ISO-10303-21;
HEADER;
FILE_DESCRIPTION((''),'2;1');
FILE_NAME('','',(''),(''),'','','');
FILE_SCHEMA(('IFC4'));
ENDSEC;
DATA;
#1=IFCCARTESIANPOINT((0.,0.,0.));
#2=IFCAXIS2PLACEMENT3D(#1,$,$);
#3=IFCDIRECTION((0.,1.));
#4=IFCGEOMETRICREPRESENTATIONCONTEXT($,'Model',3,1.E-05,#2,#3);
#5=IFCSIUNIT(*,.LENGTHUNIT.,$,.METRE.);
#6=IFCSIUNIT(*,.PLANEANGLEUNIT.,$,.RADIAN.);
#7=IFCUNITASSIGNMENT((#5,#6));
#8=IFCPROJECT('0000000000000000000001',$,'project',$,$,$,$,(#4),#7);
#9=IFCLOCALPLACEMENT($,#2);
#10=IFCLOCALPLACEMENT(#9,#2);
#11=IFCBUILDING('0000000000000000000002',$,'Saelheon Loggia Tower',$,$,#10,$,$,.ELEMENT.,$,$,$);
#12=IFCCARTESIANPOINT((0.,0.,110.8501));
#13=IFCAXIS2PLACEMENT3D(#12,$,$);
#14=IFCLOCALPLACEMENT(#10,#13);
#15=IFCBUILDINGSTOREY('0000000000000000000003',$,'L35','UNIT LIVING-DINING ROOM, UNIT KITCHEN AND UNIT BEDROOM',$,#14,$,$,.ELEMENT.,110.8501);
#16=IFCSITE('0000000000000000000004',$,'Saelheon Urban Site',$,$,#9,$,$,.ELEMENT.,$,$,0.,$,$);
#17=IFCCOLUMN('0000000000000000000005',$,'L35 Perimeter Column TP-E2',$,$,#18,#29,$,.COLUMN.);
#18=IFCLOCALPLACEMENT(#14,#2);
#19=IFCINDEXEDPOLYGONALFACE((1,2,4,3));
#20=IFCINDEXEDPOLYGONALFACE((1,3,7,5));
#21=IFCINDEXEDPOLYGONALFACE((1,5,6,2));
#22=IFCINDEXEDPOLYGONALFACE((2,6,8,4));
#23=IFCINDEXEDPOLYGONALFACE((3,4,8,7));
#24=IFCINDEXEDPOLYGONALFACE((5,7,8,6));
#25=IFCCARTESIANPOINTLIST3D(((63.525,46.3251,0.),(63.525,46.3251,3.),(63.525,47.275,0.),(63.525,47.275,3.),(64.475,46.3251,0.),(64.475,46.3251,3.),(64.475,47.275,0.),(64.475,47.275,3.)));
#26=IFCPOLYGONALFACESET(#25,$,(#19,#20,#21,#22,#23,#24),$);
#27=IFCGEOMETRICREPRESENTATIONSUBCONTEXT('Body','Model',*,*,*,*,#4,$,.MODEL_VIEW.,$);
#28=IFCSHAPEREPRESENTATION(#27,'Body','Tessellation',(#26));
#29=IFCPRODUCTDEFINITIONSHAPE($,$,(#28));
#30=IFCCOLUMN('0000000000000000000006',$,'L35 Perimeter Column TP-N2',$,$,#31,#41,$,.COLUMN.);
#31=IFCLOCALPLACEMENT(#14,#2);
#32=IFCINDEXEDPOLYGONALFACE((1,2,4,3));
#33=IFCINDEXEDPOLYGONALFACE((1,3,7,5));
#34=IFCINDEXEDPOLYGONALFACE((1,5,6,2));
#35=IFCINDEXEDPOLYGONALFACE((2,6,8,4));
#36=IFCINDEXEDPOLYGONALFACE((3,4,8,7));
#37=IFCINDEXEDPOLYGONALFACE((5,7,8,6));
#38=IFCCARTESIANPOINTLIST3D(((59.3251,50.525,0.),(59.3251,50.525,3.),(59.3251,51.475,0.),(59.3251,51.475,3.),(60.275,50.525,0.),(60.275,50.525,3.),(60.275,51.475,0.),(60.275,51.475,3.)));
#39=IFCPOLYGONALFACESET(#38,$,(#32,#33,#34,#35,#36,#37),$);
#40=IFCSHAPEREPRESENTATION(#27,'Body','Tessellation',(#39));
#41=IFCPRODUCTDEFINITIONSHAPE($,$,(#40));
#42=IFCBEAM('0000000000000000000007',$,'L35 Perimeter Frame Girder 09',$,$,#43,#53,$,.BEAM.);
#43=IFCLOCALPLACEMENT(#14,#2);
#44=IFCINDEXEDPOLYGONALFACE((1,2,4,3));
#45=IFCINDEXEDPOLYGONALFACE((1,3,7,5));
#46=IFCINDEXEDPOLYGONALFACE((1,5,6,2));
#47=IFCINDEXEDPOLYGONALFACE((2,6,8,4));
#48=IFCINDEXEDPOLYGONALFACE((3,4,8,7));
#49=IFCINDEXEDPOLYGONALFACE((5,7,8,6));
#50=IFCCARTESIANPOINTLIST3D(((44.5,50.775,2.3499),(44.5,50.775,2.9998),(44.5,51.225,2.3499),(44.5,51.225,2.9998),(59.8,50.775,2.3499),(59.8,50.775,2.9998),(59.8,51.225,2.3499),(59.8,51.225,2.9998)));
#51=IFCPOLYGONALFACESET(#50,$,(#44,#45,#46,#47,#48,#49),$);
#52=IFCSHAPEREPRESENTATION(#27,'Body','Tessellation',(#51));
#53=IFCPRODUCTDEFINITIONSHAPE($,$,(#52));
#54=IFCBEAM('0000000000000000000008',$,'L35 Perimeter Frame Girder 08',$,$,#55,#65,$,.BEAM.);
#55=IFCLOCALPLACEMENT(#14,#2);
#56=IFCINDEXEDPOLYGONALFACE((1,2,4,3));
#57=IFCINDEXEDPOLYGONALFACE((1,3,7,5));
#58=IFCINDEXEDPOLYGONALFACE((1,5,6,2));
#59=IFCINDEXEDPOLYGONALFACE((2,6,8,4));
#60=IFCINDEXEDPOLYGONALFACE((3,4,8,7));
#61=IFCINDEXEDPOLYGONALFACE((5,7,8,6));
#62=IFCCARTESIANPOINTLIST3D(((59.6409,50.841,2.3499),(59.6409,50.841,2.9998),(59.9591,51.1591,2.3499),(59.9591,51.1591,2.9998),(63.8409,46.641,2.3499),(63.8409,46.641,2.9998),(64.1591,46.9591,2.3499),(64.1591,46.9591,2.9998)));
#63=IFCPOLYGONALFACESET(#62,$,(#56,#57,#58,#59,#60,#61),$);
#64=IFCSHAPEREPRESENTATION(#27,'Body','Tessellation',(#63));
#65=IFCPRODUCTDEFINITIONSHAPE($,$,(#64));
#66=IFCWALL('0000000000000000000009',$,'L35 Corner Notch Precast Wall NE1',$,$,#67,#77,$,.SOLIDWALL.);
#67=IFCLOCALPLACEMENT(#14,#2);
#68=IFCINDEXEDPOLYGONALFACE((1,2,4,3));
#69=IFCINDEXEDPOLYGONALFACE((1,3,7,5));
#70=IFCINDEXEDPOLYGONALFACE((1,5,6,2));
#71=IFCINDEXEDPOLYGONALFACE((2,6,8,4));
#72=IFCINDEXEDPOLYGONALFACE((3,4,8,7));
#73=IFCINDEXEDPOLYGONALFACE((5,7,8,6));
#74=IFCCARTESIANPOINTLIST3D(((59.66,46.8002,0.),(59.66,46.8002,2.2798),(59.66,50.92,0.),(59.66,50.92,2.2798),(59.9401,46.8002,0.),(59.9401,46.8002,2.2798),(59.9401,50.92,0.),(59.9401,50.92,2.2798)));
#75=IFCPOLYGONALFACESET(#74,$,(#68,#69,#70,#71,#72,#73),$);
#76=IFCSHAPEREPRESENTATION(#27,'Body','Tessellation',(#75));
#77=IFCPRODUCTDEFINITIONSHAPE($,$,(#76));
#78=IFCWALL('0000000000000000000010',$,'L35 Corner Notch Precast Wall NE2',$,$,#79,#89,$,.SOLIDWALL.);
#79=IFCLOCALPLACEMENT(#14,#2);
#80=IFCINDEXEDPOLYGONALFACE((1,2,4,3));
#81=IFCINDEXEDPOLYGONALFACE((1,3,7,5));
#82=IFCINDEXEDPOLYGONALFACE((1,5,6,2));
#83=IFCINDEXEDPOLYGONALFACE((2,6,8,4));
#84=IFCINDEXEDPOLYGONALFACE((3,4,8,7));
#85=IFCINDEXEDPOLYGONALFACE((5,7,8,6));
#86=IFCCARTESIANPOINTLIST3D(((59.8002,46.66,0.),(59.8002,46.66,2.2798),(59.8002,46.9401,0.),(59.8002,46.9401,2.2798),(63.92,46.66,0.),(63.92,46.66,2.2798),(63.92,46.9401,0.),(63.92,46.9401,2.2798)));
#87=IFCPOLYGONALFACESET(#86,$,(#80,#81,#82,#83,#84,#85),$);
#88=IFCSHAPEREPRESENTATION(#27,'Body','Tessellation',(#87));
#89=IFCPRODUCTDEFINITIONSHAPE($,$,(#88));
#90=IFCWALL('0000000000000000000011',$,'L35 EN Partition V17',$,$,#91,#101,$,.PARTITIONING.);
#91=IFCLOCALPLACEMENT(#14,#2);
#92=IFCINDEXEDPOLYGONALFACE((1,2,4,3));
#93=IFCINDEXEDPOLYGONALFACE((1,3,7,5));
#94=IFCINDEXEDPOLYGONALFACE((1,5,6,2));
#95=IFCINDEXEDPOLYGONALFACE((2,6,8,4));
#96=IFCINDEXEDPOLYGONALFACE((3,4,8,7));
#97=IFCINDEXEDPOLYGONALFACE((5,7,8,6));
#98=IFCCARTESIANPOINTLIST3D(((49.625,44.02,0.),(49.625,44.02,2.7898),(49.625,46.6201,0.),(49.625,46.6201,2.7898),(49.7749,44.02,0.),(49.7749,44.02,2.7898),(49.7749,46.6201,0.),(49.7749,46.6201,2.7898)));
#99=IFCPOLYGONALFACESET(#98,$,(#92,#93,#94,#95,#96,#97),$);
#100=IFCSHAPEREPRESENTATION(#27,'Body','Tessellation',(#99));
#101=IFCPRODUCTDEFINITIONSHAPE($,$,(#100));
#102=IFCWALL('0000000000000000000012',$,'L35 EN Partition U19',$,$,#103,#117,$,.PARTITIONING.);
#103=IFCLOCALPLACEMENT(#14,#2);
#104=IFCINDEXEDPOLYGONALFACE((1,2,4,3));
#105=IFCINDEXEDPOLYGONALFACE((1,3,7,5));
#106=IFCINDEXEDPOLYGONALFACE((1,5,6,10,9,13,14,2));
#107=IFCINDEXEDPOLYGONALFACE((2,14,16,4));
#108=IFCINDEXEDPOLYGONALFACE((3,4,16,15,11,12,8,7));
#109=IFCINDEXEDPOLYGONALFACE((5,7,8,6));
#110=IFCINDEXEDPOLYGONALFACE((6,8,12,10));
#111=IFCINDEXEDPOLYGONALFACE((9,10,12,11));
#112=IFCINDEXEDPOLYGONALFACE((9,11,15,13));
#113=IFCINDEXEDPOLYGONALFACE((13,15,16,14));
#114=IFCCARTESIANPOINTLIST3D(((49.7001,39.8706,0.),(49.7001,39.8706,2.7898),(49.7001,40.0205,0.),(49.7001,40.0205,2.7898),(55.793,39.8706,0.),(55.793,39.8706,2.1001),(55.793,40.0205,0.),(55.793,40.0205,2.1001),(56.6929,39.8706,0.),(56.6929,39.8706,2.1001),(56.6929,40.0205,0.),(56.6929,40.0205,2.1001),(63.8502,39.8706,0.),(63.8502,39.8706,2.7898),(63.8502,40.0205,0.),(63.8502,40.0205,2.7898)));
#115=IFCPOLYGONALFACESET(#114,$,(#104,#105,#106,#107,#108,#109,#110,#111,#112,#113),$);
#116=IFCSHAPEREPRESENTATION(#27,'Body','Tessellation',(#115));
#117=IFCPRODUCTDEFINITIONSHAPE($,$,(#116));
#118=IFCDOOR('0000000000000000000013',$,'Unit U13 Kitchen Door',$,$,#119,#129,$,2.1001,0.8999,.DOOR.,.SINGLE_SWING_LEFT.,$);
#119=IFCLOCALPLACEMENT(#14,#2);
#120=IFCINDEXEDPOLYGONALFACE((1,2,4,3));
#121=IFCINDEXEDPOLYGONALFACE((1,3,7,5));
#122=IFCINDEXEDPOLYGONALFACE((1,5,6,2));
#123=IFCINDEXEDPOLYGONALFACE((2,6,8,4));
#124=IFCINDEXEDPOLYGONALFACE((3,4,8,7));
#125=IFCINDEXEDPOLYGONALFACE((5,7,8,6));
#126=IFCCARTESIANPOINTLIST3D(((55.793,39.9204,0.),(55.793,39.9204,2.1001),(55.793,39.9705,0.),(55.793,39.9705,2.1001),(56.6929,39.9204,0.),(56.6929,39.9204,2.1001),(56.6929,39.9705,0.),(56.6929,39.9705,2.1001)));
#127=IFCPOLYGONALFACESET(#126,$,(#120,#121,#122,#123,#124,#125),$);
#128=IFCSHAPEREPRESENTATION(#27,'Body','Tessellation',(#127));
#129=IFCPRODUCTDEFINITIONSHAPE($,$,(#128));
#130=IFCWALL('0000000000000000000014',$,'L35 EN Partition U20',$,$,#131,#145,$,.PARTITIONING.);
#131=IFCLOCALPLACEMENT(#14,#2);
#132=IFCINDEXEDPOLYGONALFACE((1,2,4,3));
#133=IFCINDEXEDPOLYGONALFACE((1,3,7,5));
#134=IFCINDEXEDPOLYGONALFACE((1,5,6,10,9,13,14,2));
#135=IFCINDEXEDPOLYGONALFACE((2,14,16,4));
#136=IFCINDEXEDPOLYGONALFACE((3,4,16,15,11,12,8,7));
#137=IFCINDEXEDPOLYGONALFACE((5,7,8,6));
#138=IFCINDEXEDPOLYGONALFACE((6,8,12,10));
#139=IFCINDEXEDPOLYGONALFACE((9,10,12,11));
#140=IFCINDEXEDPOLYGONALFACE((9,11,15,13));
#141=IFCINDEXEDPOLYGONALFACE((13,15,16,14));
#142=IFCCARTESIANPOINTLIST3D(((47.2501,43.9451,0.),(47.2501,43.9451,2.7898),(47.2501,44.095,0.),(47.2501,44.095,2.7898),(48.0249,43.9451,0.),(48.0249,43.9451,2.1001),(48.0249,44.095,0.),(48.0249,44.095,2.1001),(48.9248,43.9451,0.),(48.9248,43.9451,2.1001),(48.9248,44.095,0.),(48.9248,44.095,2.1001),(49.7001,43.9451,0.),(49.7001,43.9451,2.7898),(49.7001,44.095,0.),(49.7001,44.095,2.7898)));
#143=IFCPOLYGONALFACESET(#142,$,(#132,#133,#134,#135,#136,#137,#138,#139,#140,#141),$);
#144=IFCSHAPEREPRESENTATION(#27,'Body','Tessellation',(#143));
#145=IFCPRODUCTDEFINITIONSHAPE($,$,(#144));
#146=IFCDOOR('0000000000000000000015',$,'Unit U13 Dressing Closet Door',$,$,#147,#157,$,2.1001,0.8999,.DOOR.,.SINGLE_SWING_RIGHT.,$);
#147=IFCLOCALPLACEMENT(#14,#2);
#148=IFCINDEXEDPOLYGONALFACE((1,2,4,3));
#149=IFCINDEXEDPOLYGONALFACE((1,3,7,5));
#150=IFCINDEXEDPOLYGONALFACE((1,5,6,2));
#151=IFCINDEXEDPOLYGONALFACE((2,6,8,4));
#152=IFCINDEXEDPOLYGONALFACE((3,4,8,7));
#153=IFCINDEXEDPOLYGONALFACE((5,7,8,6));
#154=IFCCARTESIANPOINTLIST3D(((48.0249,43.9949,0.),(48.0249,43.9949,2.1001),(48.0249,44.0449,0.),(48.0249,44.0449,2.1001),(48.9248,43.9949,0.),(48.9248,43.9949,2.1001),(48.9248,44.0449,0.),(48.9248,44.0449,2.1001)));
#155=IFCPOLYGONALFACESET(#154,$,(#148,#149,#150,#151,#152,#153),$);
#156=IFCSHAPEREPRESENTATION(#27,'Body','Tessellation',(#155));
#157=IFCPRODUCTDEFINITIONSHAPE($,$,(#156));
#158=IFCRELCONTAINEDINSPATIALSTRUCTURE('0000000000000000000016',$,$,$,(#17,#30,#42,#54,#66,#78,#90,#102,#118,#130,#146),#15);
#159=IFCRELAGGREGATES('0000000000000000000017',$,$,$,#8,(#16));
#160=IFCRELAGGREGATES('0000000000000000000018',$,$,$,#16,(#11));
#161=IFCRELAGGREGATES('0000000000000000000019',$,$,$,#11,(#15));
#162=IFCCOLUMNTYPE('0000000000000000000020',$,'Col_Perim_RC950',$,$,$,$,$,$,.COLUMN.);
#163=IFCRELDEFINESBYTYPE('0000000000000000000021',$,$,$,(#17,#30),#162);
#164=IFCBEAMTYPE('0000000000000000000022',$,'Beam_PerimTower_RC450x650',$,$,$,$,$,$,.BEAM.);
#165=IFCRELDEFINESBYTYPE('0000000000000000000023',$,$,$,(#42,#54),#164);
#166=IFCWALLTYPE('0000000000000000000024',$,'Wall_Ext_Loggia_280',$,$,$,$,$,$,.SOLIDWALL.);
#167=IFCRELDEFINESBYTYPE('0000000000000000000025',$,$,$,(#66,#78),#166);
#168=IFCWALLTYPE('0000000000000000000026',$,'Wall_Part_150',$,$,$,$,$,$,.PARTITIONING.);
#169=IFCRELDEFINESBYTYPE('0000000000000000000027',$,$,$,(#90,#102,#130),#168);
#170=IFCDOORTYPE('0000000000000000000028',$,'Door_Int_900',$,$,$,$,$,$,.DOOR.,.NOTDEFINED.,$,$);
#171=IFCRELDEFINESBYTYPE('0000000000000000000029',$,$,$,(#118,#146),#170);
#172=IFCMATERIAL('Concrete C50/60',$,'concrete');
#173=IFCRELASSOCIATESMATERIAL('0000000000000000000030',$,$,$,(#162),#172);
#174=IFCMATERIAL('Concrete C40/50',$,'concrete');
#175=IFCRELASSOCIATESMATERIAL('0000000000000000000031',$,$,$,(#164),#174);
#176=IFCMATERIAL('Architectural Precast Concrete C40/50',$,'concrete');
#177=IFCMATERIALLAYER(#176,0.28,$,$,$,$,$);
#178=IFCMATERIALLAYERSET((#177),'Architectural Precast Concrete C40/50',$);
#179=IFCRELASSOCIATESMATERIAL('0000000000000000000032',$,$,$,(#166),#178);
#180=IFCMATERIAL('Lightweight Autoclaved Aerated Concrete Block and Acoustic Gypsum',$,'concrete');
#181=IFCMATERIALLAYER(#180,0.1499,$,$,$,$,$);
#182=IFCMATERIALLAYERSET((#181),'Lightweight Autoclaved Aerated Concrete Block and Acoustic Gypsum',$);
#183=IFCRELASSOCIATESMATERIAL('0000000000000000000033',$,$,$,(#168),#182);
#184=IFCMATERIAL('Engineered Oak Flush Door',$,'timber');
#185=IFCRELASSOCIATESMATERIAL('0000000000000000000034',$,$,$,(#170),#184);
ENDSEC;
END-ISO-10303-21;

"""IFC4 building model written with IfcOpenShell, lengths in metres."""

from ifc_helpers import new_model, si_unit, direction, frame, frame_2d, origin, origin_2d, place, context, subcontext, project, spatial, rectangle, extrude, source, transform, mapped, material, layer, layer_set, material_profile, profile_set, type_object, element, fill, save


model = new_model("IFC4")

# Units and contexts
model_context = context("Model", 3, precision=1e-05, world=origin(), true_north=direction((0.0, 1.0)))
body_context = subcontext(model_context, "Body", "Model", "MODEL_VIEW")
ifc_project = project(units=[si_unit("LENGTHUNIT", "METRE"), si_unit("PLANEANGLEUNIT", "RADIAN")], contexts=[model_context])

# Site, building, storey
site_placement = place(None, origin())
site = spatial("IfcSite", under=ifc_project, at=site_placement, Name="Saelheon Urban Site", CompositionType="ELEMENT", RefElevation=0.0)
building_placement = place(site_placement, origin())
building = spatial("IfcBuilding", under=site, at=building_placement, Name="Saelheon Loggia Tower", CompositionType="ELEMENT")
storey_placement = place(building_placement, frame((0.0, 0.0, 110.8501)))
storey = spatial("IfcBuildingStorey", under=building, at=storey_placement, Name="L35", Description="UNIT LIVING-DINING ROOM, UNIT KITCHEN AND UNIT BEDROOM", CompositionType="ELEMENT", Elevation=110.8501)

# Columns
ifc_material_1 = material(Name="Concrete C50/60", Category="concrete")
ifc_material_profile_1 = material_profile(ifc_material_1, rectangle(XDim=0.95, YDim=0.95, at=origin_2d()), Name="RC-950x950")
ifc_profile_set_1 = profile_set([ifc_material_profile_1], Name="Concrete C50/60")
column_type = type_object("IfcColumnType", Name="Col_Perim_RC950", PredefinedType="COLUMN", material=ifc_profile_set_1)
shared_shape_1 = source(origin(), body_context, "Body", "SweptSolid", [
    extrude(rectangle(XDim=0.95, YDim=0.95, at=origin_2d()), origin(), (0.0, 0.0, 1.0), 3.0),
])
for number, where, z_axis, x_axis, name in (
    (1, (64.0, 46.8, 0.0), (0.0, 0.0, 1.0), (1.0, 0.0, 0.0), "L35 Perimeter Column TP-E2"),
    (2, (59.8, 51.0, 0.0), (0.0, 0.0, 1.0), (1.0, 0.0, 0.0), "L35 Perimeter Column TP-N2"),
):
    element("IfcColumn", number, at=place(storey_placement, frame(where, z_axis=z_axis, x_axis=x_axis)), inside=storey, type_object=column_type, Name=name, PredefinedType="COLUMN", context=body_context, shape_type="MappedRepresentation", body=[
        mapped(shared_shape_1, transform((0.0, 0.0, 0.0), scale=1.0)),
    ])

# Beams
ifc_material_2 = material(Name="Concrete C40/50", Category="concrete")
ifc_material_profile_2 = material_profile(ifc_material_2, rectangle(XDim=0.45, YDim=0.6499, at=origin_2d()), Name="RC-450x650")
ifc_profile_set_2 = profile_set([ifc_material_profile_2], Name="Concrete C40/50")
beam_type = type_object("IfcBeamType", Name="Beam_PerimTower_RC450x650", PredefinedType="BEAM", material=ifc_profile_set_2)
shared_shape_2 = source(origin(), body_context, "Body", "SweptSolid", [
    extrude(rectangle(XDim=0.45, YDim=0.6499, at=origin_2d()), origin(), (0.0, 0.0, 1.0), 15.3),
])
beam_1_placement = place(storey_placement, frame((59.8, 51.0, 2.6748), z_axis=(-1.0, 0.0, 0.0), x_axis=(0.0, -1.0, 0.0)))
element("IfcBeam", 3, at=beam_1_placement, inside=storey, type_object=beam_type, Name="L35 Perimeter Frame Girder 09", PredefinedType="BEAM", context=body_context, shape_type="MappedRepresentation", body=[
    mapped(shared_shape_2, transform((0.0, 0.0, 0.0), scale=1.0)),
])
shared_shape_3 = source(origin(), body_context, "Body", "SweptSolid", [
    extrude(rectangle(XDim=0.45, YDim=0.6499, at=origin_2d()), origin(), (0.0, 0.0, 1.0), 5.9397),
])
beam_2_placement = place(storey_placement, frame((64.0, 46.8, 2.6748), z_axis=(-0.707107, 0.707107, 0.0), x_axis=(-0.707107, -0.707107, 0.0)))
element("IfcBeam", 4, at=beam_2_placement, inside=storey, type_object=beam_type, Name="L35 Perimeter Frame Girder 08", PredefinedType="BEAM", context=body_context, shape_type="MappedRepresentation", body=[
    mapped(shared_shape_3, transform((0.0, 0.0, 0.0), scale=1.0)),
])

# Walls
ifc_material_3 = material(Name="Architectural Precast Concrete C40/50", Category="concrete")
ifc_layer_1 = layer(ifc_material_3, 0.28)
ifc_layer_set_1 = layer_set([ifc_layer_1], Name="Architectural Precast Concrete C40/50")
wall_type_1 = type_object("IfcWallType", Name="Wall_Ext_Loggia_280", PredefinedType="SOLIDWALL", material=ifc_layer_set_1)
for number, where, z_axis, x_axis, name in (
    (5, (59.8, 46.8, 0.0), (0.0, 0.0, 1.0), (0.0, 1.0, 0.0), "L35 Corner Notch Precast Wall NE1"),
    (6, (59.8, 46.8, 0.0), (0.0, 0.0, 1.0), (1.0, 0.0, 0.0), "L35 Corner Notch Precast Wall NE2"),
):
    element("IfcWall", number, at=place(storey_placement, frame(where, z_axis=z_axis, x_axis=x_axis)), inside=storey, type_object=wall_type_1, Name=name, PredefinedType="SOLIDWALL", context=body_context, shape_type="SweptSolid", body=[
        extrude(rectangle(XDim=4.1199, YDim=0.28, at=frame_2d((2.0601, 0.0))), origin(), (0.0, 0.0, 1.0), 2.2798),
    ])
ifc_material_4 = material(Name="Lightweight Autoclaved Aerated Concrete Block and Acoustic Gypsum", Category="concrete")
ifc_layer_2 = layer(ifc_material_4, 0.1499)
ifc_layer_set_2 = layer_set([ifc_layer_2], Name="Lightweight Autoclaved Aerated Concrete Block and Acoustic Gypsum")
wall_type_2 = type_object("IfcWallType", Name="Wall_Part_150", PredefinedType="PARTITIONING", material=ifc_layer_set_2)
wall_1_placement = place(storey_placement, frame((49.7, 44.02, 0.0), z_axis=(0.0, 0.0, 1.0), x_axis=(0.0, 1.0, 0.0)))
element("IfcWall", 7, at=wall_1_placement, inside=storey, type_object=wall_type_2, Name="L35 EN Partition V17", PredefinedType="PARTITIONING", context=body_context, shape_type="SweptSolid", body=[
    extrude(rectangle(XDim=2.6001, YDim=0.1499, at=frame_2d((1.3, 0.0))), origin(), (0.0, 0.0, 1.0), 2.7898),
])

# Walls, openings, doors
wall_2_placement = place(storey_placement, frame((49.7, 39.9456, 0.0), z_axis=(0.0, 0.0, 1.0), x_axis=(1.0, 0.0, 0.0)))
wall_2 = element("IfcWall", 8, at=wall_2_placement, inside=storey, type_object=wall_type_2, Name="L35 EN Partition U19", PredefinedType="PARTITIONING", context=body_context, shape_type="SweptSolid", body=[
    extrude(rectangle(XDim=14.1501, YDim=0.1499, at=frame_2d((7.0752, 0.0))), origin(), (0.0, 0.0, 1.0), 2.7898),
])
opening_1_placement = place(wall_2_placement, frame((6.093, 0.0, 0.0)))
opening_1 = element("IfcOpeningElement", 9, at=opening_1_placement, cuts=wall_2, PredefinedType="OPENING", context=body_context, shape_type="SweptSolid", body=[
    extrude(rectangle(XDim=0.8999, YDim=2.1001, at=frame_2d((0.45, 1.05))), frame((0.0, 0.0869, 0.0), z_axis=(0.0, -1.0, 0.0), x_axis=(1.0, 0.0, 0.0)), (0.0, 0.0, 1.0), 0.1738),
])
ifc_material_5 = material(Name="Engineered Oak Flush Door", Category="timber")
door_type_1 = type_object("IfcDoorType", Name="Door_Int_900", OperationType="NOTDEFINED", PredefinedType="DOOR", material=ifc_material_5)
shared_shape_4 = source(origin(), body_context, "Body", "SweptSolid", [
    extrude(rectangle(XDim=0.8999, YDim=2.1001, at=frame_2d((0.45, 1.05))), frame((0.0, 0.0249, 0.0), z_axis=(0.0, -1.0, 0.0), x_axis=(1.0, 0.0, 0.0)), (0.0, 0.0, 1.0), 0.05),
])
door_1_placement = place(opening_1_placement, origin())
door_1 = element("IfcDoor", 10, at=door_1_placement, inside=storey, type_object=door_type_1, Name="Unit U13 Kitchen Door", OperationType="SINGLE_SWING_LEFT", OverallHeight=2.1001, OverallWidth=0.8999, PredefinedType="DOOR", context=body_context, shape_type="MappedRepresentation", body=[
    mapped(shared_shape_4, transform((0.0, 0.0, 0.0), scale=1.0)),
])
fill(opening_1, door_1)
wall_3_placement = place(storey_placement, frame((47.25, 44.02, 0.0), z_axis=(0.0, 0.0, 1.0), x_axis=(1.0, 0.0, 0.0)))
wall_3 = element("IfcWall", 11, at=wall_3_placement, inside=storey, type_object=wall_type_2, Name="L35 EN Partition U20", PredefinedType="PARTITIONING", context=body_context, shape_type="SweptSolid", body=[
    extrude(rectangle(XDim=2.45, YDim=0.1499, at=frame_2d((1.2251, 0.0))), origin(), (0.0, 0.0, 1.0), 2.7898),
])
opening_2_placement = place(wall_3_placement, frame((0.7749, 0.0, 0.0)))
opening_2 = element("IfcOpeningElement", 12, at=opening_2_placement, cuts=wall_3, PredefinedType="OPENING", context=body_context, shape_type="SweptSolid", body=[
    extrude(rectangle(XDim=0.8999, YDim=2.1001, at=frame_2d((0.45, 1.05))), frame((0.0, 0.0869, 0.0), z_axis=(0.0, -1.0, 0.0), x_axis=(1.0, 0.0, 0.0)), (0.0, 0.0, 1.0), 0.1738),
])
door_2_placement = place(opening_2_placement, origin())
door_2 = element("IfcDoor", 13, at=door_2_placement, inside=storey, type_object=door_type_1, Name="Unit U13 Dressing Closet Door", OperationType="SINGLE_SWING_RIGHT", OverallHeight=2.1001, OverallWidth=0.8999, PredefinedType="DOOR", context=body_context, shape_type="MappedRepresentation", body=[
    mapped(shared_shape_4, transform((0.0, 0.0, 0.0), scale=1.0)),
])
fill(opening_2, door_2)

save(model, "model.ifc")
